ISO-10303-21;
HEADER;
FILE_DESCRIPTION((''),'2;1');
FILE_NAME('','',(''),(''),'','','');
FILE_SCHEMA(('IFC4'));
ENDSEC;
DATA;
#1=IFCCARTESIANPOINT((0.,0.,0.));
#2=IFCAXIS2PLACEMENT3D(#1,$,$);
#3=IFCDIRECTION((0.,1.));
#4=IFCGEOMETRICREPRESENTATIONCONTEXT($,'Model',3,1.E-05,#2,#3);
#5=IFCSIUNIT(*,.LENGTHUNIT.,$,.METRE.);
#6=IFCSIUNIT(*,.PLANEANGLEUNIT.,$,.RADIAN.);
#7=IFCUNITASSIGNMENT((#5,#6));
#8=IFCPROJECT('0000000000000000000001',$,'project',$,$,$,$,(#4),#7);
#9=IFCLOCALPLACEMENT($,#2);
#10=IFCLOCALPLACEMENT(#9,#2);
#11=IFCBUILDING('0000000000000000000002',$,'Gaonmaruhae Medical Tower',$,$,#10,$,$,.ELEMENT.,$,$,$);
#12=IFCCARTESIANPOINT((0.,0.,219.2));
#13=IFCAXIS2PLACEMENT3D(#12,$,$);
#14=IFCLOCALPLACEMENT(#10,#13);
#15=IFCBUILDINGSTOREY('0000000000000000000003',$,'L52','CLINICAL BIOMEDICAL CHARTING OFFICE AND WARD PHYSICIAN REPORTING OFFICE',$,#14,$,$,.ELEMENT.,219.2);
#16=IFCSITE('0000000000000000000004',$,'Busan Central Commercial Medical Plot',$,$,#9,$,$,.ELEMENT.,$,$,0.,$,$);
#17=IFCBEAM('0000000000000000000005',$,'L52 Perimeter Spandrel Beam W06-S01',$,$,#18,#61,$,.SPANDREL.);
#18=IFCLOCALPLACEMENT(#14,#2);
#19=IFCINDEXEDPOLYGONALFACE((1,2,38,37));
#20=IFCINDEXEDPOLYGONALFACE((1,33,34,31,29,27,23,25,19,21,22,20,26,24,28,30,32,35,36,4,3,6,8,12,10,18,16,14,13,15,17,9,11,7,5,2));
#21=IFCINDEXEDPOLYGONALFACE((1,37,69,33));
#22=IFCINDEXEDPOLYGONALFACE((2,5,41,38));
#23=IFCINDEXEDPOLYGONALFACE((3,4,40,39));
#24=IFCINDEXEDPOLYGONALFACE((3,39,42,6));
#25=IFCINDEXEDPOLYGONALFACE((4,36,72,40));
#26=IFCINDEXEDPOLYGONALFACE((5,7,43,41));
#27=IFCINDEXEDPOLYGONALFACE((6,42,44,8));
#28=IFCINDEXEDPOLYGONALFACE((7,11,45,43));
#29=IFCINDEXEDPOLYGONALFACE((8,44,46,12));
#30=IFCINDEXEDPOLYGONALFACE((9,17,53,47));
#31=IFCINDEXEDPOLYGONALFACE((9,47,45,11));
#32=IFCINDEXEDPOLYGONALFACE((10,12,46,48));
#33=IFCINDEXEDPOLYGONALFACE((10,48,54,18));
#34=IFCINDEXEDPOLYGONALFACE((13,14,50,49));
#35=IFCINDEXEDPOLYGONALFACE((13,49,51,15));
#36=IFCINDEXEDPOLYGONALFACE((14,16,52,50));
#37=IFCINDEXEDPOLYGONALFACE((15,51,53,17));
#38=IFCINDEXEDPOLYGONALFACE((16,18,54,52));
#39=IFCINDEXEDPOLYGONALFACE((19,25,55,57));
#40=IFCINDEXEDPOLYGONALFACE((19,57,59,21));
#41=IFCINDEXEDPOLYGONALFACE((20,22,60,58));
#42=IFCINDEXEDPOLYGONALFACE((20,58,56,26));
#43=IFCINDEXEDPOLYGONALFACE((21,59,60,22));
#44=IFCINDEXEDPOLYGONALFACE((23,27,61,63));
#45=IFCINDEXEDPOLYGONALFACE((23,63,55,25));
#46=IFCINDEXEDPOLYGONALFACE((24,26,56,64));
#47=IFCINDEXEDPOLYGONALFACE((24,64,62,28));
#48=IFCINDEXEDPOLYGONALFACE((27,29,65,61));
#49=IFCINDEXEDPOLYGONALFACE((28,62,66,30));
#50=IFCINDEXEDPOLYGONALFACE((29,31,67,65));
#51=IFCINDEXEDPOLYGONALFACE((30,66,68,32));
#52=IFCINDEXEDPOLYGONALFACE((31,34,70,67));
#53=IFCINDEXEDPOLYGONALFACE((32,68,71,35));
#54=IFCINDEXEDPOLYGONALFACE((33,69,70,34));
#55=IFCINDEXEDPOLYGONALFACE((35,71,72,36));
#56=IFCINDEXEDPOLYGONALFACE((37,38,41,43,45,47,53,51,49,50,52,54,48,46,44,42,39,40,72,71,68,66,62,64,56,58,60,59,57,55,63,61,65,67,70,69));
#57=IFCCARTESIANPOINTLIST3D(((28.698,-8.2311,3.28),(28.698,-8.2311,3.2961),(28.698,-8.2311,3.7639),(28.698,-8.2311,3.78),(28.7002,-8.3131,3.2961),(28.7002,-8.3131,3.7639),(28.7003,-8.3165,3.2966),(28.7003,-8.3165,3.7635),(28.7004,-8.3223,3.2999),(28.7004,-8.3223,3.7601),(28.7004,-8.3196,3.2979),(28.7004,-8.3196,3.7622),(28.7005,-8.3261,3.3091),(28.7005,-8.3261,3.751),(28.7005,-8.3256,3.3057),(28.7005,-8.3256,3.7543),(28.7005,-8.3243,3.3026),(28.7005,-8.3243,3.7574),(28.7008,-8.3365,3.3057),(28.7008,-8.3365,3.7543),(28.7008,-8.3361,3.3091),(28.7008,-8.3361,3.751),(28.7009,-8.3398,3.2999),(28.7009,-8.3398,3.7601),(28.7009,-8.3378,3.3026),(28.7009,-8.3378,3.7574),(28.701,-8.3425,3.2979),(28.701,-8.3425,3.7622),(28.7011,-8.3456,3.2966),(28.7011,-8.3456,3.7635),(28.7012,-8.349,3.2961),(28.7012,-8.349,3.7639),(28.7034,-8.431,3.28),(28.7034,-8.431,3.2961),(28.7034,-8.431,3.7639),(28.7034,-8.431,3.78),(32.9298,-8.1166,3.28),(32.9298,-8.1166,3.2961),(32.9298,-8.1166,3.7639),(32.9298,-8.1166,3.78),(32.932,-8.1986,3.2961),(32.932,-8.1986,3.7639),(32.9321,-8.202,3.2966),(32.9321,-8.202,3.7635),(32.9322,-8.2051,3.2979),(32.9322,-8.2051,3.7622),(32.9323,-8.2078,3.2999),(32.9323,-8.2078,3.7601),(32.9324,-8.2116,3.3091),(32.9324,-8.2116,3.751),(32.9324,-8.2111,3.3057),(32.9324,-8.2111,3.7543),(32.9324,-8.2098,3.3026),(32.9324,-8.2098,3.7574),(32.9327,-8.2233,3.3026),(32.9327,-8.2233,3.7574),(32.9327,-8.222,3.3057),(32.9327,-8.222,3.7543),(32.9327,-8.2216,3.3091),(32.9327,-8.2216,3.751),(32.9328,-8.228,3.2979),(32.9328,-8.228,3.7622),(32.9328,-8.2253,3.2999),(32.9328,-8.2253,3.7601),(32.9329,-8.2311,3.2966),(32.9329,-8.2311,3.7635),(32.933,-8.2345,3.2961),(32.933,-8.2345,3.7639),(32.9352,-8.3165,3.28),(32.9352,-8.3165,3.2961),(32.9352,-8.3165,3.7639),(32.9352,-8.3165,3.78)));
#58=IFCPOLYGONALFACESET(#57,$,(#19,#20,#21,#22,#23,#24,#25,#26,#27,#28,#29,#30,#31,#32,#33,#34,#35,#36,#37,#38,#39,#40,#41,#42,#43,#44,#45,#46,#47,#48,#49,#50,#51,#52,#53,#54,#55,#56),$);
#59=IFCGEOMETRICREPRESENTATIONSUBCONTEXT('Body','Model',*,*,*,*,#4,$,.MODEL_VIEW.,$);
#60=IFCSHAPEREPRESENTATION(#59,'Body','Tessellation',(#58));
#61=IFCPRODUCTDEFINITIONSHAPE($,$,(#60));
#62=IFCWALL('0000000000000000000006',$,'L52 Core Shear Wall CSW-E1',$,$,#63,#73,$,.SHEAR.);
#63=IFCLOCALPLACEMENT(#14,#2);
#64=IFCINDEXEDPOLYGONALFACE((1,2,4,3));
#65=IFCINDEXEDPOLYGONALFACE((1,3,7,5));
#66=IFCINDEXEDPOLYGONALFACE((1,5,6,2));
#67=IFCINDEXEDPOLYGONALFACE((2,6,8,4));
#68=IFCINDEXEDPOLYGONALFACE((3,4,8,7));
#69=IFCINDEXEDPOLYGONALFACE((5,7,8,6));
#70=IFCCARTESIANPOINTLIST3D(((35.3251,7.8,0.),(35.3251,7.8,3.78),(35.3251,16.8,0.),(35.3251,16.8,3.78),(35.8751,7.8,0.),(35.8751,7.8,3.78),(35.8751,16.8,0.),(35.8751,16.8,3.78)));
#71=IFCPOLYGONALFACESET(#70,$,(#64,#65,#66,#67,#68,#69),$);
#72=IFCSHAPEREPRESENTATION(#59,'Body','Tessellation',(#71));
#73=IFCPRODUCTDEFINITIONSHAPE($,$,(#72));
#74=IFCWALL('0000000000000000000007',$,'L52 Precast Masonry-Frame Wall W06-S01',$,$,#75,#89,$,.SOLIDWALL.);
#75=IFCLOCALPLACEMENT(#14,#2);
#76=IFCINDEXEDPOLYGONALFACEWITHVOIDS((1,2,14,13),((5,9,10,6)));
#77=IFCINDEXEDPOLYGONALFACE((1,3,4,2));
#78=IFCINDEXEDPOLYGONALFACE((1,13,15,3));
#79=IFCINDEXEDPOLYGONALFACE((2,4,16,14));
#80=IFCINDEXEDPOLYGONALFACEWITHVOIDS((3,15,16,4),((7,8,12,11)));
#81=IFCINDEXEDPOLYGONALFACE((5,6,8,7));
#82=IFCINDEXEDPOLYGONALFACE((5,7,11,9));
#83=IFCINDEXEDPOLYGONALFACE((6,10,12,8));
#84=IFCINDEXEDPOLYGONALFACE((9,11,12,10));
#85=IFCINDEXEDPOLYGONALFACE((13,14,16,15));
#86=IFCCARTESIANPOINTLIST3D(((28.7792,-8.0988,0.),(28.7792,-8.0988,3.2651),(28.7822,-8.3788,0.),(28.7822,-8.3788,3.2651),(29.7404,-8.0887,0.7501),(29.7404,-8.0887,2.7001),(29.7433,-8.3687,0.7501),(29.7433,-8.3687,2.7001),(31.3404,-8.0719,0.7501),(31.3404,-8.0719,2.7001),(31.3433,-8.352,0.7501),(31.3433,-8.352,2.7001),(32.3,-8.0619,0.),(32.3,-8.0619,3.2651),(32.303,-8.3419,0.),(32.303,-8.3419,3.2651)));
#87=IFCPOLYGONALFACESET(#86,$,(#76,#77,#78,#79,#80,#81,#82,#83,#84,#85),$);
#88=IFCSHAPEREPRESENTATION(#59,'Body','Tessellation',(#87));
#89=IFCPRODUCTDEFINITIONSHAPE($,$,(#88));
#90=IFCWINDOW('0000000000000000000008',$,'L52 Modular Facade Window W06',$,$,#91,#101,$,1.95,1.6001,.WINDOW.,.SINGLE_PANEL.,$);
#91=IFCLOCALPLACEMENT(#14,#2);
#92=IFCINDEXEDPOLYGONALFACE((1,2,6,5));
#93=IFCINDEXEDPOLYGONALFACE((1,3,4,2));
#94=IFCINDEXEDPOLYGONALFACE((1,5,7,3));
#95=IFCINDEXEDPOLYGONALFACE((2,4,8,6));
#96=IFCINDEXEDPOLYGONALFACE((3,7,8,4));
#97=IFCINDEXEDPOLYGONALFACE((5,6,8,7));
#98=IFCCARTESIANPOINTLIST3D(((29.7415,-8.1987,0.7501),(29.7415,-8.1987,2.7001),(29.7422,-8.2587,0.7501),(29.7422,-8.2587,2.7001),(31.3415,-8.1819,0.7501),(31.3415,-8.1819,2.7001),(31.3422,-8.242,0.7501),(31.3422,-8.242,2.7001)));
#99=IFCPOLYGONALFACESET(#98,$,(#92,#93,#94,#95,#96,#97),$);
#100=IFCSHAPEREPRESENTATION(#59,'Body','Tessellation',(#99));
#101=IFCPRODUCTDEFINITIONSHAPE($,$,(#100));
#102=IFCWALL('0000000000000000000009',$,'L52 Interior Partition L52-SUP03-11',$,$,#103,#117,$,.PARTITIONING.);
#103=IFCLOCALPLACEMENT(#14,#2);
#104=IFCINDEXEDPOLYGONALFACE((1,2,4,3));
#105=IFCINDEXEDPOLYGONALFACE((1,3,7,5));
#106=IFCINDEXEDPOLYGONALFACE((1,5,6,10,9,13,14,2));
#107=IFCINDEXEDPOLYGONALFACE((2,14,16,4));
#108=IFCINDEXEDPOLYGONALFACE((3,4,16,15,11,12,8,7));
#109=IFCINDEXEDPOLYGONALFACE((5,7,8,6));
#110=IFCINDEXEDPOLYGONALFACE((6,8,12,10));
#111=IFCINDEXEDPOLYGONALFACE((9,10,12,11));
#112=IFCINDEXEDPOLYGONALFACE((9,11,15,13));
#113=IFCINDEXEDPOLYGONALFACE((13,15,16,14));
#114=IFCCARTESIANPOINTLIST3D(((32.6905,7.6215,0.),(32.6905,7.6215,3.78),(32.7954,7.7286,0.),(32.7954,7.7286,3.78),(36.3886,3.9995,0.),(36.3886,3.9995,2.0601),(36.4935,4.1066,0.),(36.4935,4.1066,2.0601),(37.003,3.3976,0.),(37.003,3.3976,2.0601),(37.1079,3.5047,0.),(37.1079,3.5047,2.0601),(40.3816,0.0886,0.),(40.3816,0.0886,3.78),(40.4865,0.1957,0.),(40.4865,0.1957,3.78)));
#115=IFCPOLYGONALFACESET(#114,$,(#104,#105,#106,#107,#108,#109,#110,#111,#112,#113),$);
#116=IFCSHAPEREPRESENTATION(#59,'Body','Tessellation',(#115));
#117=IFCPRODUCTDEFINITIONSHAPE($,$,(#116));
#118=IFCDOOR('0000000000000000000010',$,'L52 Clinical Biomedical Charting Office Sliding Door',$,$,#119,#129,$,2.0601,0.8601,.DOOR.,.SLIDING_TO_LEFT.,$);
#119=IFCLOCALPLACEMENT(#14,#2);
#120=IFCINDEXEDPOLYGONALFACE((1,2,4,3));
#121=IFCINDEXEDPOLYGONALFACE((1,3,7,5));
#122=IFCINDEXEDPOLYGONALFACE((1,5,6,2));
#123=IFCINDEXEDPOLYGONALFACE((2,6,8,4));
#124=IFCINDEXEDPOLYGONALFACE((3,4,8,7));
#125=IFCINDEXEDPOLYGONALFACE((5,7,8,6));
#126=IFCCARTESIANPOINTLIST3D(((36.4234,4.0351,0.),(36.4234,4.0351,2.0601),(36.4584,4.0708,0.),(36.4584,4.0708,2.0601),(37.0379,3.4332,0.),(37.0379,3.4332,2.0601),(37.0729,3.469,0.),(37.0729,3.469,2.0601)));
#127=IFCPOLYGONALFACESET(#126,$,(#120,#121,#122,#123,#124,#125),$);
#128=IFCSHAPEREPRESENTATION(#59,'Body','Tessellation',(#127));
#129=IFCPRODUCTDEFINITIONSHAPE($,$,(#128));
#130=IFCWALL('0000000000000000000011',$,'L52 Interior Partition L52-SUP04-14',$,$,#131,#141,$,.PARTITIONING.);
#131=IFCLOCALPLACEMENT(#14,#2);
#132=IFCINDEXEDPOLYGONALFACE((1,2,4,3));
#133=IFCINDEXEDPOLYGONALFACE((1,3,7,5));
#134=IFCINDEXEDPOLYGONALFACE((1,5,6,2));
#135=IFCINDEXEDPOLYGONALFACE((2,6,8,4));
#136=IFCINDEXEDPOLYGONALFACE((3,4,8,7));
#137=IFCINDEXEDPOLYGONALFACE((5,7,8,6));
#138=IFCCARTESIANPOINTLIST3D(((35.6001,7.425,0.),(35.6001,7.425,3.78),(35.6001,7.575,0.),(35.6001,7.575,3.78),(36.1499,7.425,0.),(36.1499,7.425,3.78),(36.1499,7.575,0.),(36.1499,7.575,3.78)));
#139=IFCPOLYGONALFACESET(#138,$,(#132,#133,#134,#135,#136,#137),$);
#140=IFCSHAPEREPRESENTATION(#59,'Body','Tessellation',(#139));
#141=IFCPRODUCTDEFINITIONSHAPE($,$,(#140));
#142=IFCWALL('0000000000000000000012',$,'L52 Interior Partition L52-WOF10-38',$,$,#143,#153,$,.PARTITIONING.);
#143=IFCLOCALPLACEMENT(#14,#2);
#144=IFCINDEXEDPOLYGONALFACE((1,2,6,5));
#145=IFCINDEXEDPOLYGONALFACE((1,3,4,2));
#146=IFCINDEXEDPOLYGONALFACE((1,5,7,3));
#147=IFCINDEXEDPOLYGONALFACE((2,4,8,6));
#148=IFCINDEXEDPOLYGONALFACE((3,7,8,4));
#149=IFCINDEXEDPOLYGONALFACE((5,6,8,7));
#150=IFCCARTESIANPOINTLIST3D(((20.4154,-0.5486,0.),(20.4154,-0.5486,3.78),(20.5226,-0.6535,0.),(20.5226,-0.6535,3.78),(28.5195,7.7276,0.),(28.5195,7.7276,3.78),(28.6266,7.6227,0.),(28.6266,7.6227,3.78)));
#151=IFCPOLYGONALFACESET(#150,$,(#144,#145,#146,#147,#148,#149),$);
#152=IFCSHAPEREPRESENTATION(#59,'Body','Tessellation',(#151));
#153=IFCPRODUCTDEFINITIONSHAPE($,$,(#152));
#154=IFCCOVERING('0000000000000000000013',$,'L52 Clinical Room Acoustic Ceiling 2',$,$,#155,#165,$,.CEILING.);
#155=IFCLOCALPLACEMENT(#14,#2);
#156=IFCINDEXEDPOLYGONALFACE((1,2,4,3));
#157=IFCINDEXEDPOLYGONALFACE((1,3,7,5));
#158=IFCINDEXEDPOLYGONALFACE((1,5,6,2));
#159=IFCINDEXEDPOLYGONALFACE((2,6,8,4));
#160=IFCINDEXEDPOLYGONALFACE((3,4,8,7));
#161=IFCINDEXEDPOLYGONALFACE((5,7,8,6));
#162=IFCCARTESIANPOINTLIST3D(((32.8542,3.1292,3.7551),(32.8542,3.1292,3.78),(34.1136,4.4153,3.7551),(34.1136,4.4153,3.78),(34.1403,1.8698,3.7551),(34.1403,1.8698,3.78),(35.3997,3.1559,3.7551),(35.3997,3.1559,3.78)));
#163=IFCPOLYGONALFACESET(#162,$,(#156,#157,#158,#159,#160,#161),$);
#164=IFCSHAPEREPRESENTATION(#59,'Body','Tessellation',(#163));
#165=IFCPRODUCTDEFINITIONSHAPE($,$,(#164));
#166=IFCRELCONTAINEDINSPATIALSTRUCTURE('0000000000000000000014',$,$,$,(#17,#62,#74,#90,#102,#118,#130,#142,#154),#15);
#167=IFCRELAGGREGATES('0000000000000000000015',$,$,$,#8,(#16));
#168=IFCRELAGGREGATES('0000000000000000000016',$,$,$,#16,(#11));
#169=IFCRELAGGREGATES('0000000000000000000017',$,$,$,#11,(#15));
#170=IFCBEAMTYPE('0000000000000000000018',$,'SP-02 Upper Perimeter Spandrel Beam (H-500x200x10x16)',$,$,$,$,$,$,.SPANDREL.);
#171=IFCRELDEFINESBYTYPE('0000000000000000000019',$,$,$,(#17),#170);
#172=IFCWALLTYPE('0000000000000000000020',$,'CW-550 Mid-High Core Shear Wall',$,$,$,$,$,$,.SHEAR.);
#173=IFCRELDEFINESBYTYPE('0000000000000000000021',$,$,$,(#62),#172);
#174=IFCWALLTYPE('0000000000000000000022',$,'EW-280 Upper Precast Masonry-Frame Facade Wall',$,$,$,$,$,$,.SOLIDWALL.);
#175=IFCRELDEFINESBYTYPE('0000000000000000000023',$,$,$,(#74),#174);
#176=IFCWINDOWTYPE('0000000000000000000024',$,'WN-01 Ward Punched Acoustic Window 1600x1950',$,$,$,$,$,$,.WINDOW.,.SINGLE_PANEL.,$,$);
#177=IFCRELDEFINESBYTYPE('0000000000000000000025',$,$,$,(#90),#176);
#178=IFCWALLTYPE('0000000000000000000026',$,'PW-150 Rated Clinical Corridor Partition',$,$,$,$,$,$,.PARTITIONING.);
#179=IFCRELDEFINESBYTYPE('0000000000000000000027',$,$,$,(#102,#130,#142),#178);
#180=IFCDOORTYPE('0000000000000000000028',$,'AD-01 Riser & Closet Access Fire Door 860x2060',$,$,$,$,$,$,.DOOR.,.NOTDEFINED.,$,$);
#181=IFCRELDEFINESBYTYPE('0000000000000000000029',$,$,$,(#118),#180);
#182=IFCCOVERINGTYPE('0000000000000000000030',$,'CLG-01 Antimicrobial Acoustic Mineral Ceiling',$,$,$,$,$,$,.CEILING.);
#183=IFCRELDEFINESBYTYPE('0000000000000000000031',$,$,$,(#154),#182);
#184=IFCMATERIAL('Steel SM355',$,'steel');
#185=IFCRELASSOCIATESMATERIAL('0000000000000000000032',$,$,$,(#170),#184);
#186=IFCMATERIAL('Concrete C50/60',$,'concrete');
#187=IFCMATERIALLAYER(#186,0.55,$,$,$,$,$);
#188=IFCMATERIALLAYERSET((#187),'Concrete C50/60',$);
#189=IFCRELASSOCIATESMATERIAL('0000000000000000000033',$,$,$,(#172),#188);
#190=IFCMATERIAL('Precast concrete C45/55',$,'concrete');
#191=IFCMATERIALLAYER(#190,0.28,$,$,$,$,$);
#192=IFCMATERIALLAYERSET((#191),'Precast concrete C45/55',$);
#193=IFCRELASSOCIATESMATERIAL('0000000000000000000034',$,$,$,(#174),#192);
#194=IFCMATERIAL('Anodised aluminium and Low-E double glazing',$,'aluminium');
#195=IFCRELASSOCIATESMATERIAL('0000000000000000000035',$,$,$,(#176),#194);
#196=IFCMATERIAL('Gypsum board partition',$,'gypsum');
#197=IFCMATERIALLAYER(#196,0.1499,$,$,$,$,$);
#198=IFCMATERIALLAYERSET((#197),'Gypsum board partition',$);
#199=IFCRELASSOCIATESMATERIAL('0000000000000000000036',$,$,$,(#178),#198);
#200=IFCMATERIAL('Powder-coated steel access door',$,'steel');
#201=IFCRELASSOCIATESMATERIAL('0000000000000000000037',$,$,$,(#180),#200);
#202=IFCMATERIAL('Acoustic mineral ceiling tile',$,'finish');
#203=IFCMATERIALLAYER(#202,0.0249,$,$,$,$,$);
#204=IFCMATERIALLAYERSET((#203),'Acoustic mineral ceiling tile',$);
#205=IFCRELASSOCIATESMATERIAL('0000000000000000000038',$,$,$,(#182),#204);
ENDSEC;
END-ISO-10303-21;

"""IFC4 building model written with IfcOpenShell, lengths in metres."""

from ifc_helpers import new_model, si_unit, direction, frame, frame_2d, origin, origin_2d, place, context, subcontext, project, spatial, rectangle, i_section, extrude, material, layer, layer_set, material_profile, profile_set, type_object, element, fill, save


model = new_model("IFC4")

# Units and contexts
model_context = context("Model", 3, precision=1e-05, world=origin(), true_north=direction((0.0, 1.0)))
body_context = subcontext(model_context, "Body", "Model", "MODEL_VIEW")
ifc_project = project(units=[si_unit("LENGTHUNIT", "METRE"), si_unit("PLANEANGLEUNIT", "RADIAN")], contexts=[model_context])

# Site, building, storey
site_placement = place(None, origin())
site = spatial("IfcSite", under=ifc_project, at=site_placement, Name="Busan Central Commercial Medical Plot", CompositionType="ELEMENT", RefElevation=0.0)
building_placement = place(site_placement, origin())
building = spatial("IfcBuilding", under=site, at=building_placement, Name="Gaonmaruhae Medical Tower", CompositionType="ELEMENT")
storey_placement = place(building_placement, frame((0.0, 0.0, 219.2)))
storey = spatial("IfcBuildingStorey", under=building, at=storey_placement, Name="L52", Description="CLINICAL BIOMEDICAL CHARTING OFFICE AND WARD PHYSICIAN REPORTING OFFICE", CompositionType="ELEMENT", Elevation=219.2)

# Shared definitions
ifc_material_1 = material(Name="Concrete C50/60", Category="concrete")

# Beam
ifc_material_2 = material(Name="Steel SM355", Category="steel")
ifc_material_profile_1 = material_profile(ifc_material_2, i_section(OverallWidth=0.2, OverallDepth=0.5, WebThickness=0.01, FlangeThickness=0.0161, FilletRadius=0.0129, at=origin_2d()), Name="H-500x200x10x16")
ifc_profile_set_1 = profile_set([ifc_material_profile_1], Name="Steel SM355")
beam_type_1 = type_object("IfcBeamType", Name="SP-02 Upper Perimeter Spandrel Beam (H-500x200x10x16)", PredefinedType="SPANDREL", material=ifc_profile_set_1)
beam_1_placement = place(storey_placement, frame((28.7007, -8.3311, 3.53), z_axis=(0.999634, 0.027047, 0.0), x_axis=(-0.027047, 0.999634, 0.0)))
element("IfcBeam", 1, at=beam_1_placement, inside=storey, type_object=beam_type_1, Name="L52 Perimeter Spandrel Beam W06-S01", PredefinedType="SPANDREL", context=body_context, shape_type="SweptSolid", body=[
    extrude(i_section(OverallWidth=0.2, OverallDepth=0.5, WebThickness=0.01, FlangeThickness=0.0161, FilletRadius=0.0129, at=origin_2d()), origin(), (0.0, 0.0, 1.0), 4.2334),
])

# Wall
ifc_layer_1 = layer(ifc_material_1, 0.55)
ifc_layer_set_1 = layer_set([ifc_layer_1], Name="Concrete C50/60")
wall_type_1 = type_object("IfcWallType", Name="CW-550 Mid-High Core Shear Wall", PredefinedType="SHEAR", material=ifc_layer_set_1)
wall_1_placement = place(storey_placement, frame((35.6001, 7.8, 0.0), z_axis=(0.0, 0.0, 1.0), x_axis=(0.0, 1.0, 0.0)))
element("IfcWall", 2, at=wall_1_placement, inside=storey, type_object=wall_type_1, Name="L52 Core Shear Wall CSW-E1", PredefinedType="SHEAR", context=body_context, shape_type="SweptSolid", body=[
    extrude(rectangle(XDim=9.0, YDim=0.55, at=frame_2d((4.5, 0.0))), origin(), (0.0, 0.0, 1.0), 3.78),
])

# Wall, opening, window
ifc_material_3 = material(Name="Precast concrete C45/55", Category="concrete")
ifc_layer_2 = layer(ifc_material_3, 0.28)
ifc_layer_set_2 = layer_set([ifc_layer_2], Name="Precast concrete C45/55")
wall_type_2 = type_object("IfcWallType", Name="EW-280 Upper Precast Masonry-Frame Facade Wall", PredefinedType="SOLIDWALL", material=ifc_layer_set_2)
wall_2_placement = place(storey_placement, frame((32.3015, -8.2019, 0.0), z_axis=(0.0, 0.0, 1.0), x_axis=(-0.999945, -0.01047, 0.0)))
wall_2 = element("IfcWall", 3, at=wall_2_placement, inside=storey, type_object=wall_type_2, Name="L52 Precast Masonry-Frame Wall W06-S01", PredefinedType="SOLIDWALL", context=body_context, shape_type="SweptSolid", body=[
    extrude(rectangle(XDim=3.521, YDim=0.28, at=frame_2d((1.7605, 0.0))), origin(), (0.0, 0.0, 1.0), 3.2651),
])
opening_1_placement = place(wall_2_placement, frame((0.9597, 0.0, 0.75)))
opening_1 = element("IfcOpeningElement", 4, at=opening_1_placement, cuts=wall_2, PredefinedType="OPENING", context=body_context, shape_type="SweptSolid", body=[
    extrude(rectangle(XDim=1.6001, YDim=1.95, at=frame_2d((0.8, 0.9751))), frame((0.0, 0.1499, 0.0), z_axis=(0.0, -1.0, 0.0), x_axis=(1.0, 0.0, 0.0)), (0.0, 0.0, 1.0), 0.3),
])
ifc_material_4 = material(Name="Anodised aluminium and Low-E double glazing", Category="aluminium")
window_type = type_object("IfcWindowType", Name="WN-01 Ward Punched Acoustic Window 1600x1950", PartitioningType="SINGLE_PANEL", PredefinedType="WINDOW", material=ifc_material_4)
window_placement = place(opening_1_placement, origin())
window = element("IfcWindow", 5, at=window_placement, inside=storey, type_object=window_type, Name="L52 Modular Facade Window W06", OverallHeight=1.95, OverallWidth=1.6001, PartitioningType="SINGLE_PANEL", PredefinedType="WINDOW", context=body_context, shape_type="SweptSolid", body=[
    extrude(rectangle(XDim=1.6001, YDim=1.95, at=frame_2d((0.8, 0.9751))), frame((0.0, 0.03, 0.0), z_axis=(0.0, -1.0, 0.0), x_axis=(1.0, 0.0, 0.0)), (0.0, 0.0, 1.0), 0.0601),
])
fill(opening_1, window)

# Wall, opening, door
ifc_material_5 = material(Name="Gypsum board partition", Category="gypsum")
ifc_layer_3 = layer(ifc_material_5, 0.1499)
ifc_layer_set_3 = layer_set([ifc_layer_3], Name="Gypsum board partition")
wall_type_3 = type_object("IfcWallType", Name="PW-150 Rated Clinical Corridor Partition", PredefinedType="PARTITIONING", material=ifc_layer_set_3)
wall_3_placement = place(storey_placement, frame((32.7429, 7.675, 0.0), z_axis=(0.0, 0.0, 1.0), x_axis=(0.714416, -0.699721, 0.0)))
wall_3 = element("IfcWall", 6, at=wall_3_placement, inside=storey, type_object=wall_type_3, Name="L52 Interior Partition L52-SUP03-11", PredefinedType="PARTITIONING", context=body_context, shape_type="SweptSolid", body=[
    extrude(rectangle(XDim=10.7656, YDim=0.1499, at=frame_2d((5.3828, 0.0))), origin(), (0.0, 0.0, 1.0), 3.78),
])
opening_2_placement = place(wall_3_placement, frame((5.1763, 0.0, 0.0)))
opening_2 = element("IfcOpeningElement", 7, at=opening_2_placement, cuts=wall_3, PredefinedType="OPENING", context=body_context, shape_type="SweptSolid", body=[
    extrude(rectangle(XDim=0.8601, YDim=2.0601, at=frame_2d((0.4302, 1.03))), frame((0.0, 0.085, 0.0), z_axis=(0.0, -1.0, 0.0), x_axis=(1.0, 0.0, 0.0)), (0.0, 0.0, 1.0), 0.1699),
])
ifc_material_6 = material(Name="Powder-coated steel access door", Category="steel")
door_type = type_object("IfcDoorType", Name="AD-01 Riser & Closet Access Fire Door 860x2060", OperationType="NOTDEFINED", PredefinedType="DOOR", material=ifc_material_6)
door_placement = place(opening_2_placement, origin())
door = element("IfcDoor", 8, at=door_placement, inside=storey, type_object=door_type, Name="L52 Clinical Biomedical Charting Office Sliding Door", OperationType="SLIDING_TO_LEFT", OverallHeight=2.0601, OverallWidth=0.8601, PredefinedType="DOOR", context=body_context, shape_type="SweptSolid", body=[
    extrude(rectangle(XDim=0.8601, YDim=2.0601, at=frame_2d((0.4302, 1.03))), frame((0.0, 0.0249, 0.0), z_axis=(0.0, -1.0, 0.0), x_axis=(1.0, 0.0, 0.0)), (0.0, 0.0, 1.0), 0.05),
])
fill(opening_2, door)

# Walls
wall_4_placement = place(storey_placement, frame((35.6001, 7.5, 0.0), z_axis=(0.0, 0.0, 1.0), x_axis=(1.0, 0.0, 0.0)))
element("IfcWall", 9, at=wall_4_placement, inside=storey, type_object=wall_type_3, Name="L52 Interior Partition L52-SUP04-14", PredefinedType="PARTITIONING", context=body_context, shape_type="SweptSolid", body=[
    extrude(rectangle(XDim=0.5498, YDim=0.1499, at=frame_2d((0.2749, 0.0))), origin(), (0.0, 0.0, 1.0), 3.78),
])
wall_5_placement = place(storey_placement, frame((28.573, 7.675, 0.0), z_axis=(0.0, 0.0, 1.0), x_axis=(-0.699638, -0.714497, 0.0)))
element("IfcWall", 10, at=wall_5_placement, inside=storey, type_object=wall_type_3, Name="L52 Interior Partition L52-WOF10-38", PredefinedType="PARTITIONING", context=body_context, shape_type="SweptSolid", body=[
    extrude(rectangle(XDim=11.5833, YDim=0.1499, at=frame_2d((5.7915, 0.0))), origin(), (0.0, 0.0, 1.0), 3.78),
])

# Covering
ifc_material_7 = material(Name="Acoustic mineral ceiling tile", Category="finish")
ifc_layer_4 = layer(ifc_material_7, 0.0249)
ifc_layer_set_4 = layer_set([ifc_layer_4], Name="Acoustic mineral ceiling tile")
covering_type_1 = type_object("IfcCoveringType", Name="CLG-01 Antimicrobial Acoustic Mineral Ceiling", PredefinedType="CEILING", material=ifc_layer_set_4)
covering_1_placement = place(storey_placement, frame((34.127, 3.1426, 3.7551), z_axis=(0.0, 0.0, 1.0), x_axis=(0.699663, 0.714473, 0.0)))
element("IfcCovering", 11, at=covering_1_placement, inside=storey, type_object=covering_type_1, Name="L52 Clinical Room Acoustic Ceiling 2", PredefinedType="CEILING", context=body_context, shape_type="SweptSolid", body=[
    extrude(rectangle(XDim=1.8, YDim=1.8, at=origin_2d()), origin(), (0.0, 0.0, 1.0), 0.0249),
])

save(model, "model.ifc")
